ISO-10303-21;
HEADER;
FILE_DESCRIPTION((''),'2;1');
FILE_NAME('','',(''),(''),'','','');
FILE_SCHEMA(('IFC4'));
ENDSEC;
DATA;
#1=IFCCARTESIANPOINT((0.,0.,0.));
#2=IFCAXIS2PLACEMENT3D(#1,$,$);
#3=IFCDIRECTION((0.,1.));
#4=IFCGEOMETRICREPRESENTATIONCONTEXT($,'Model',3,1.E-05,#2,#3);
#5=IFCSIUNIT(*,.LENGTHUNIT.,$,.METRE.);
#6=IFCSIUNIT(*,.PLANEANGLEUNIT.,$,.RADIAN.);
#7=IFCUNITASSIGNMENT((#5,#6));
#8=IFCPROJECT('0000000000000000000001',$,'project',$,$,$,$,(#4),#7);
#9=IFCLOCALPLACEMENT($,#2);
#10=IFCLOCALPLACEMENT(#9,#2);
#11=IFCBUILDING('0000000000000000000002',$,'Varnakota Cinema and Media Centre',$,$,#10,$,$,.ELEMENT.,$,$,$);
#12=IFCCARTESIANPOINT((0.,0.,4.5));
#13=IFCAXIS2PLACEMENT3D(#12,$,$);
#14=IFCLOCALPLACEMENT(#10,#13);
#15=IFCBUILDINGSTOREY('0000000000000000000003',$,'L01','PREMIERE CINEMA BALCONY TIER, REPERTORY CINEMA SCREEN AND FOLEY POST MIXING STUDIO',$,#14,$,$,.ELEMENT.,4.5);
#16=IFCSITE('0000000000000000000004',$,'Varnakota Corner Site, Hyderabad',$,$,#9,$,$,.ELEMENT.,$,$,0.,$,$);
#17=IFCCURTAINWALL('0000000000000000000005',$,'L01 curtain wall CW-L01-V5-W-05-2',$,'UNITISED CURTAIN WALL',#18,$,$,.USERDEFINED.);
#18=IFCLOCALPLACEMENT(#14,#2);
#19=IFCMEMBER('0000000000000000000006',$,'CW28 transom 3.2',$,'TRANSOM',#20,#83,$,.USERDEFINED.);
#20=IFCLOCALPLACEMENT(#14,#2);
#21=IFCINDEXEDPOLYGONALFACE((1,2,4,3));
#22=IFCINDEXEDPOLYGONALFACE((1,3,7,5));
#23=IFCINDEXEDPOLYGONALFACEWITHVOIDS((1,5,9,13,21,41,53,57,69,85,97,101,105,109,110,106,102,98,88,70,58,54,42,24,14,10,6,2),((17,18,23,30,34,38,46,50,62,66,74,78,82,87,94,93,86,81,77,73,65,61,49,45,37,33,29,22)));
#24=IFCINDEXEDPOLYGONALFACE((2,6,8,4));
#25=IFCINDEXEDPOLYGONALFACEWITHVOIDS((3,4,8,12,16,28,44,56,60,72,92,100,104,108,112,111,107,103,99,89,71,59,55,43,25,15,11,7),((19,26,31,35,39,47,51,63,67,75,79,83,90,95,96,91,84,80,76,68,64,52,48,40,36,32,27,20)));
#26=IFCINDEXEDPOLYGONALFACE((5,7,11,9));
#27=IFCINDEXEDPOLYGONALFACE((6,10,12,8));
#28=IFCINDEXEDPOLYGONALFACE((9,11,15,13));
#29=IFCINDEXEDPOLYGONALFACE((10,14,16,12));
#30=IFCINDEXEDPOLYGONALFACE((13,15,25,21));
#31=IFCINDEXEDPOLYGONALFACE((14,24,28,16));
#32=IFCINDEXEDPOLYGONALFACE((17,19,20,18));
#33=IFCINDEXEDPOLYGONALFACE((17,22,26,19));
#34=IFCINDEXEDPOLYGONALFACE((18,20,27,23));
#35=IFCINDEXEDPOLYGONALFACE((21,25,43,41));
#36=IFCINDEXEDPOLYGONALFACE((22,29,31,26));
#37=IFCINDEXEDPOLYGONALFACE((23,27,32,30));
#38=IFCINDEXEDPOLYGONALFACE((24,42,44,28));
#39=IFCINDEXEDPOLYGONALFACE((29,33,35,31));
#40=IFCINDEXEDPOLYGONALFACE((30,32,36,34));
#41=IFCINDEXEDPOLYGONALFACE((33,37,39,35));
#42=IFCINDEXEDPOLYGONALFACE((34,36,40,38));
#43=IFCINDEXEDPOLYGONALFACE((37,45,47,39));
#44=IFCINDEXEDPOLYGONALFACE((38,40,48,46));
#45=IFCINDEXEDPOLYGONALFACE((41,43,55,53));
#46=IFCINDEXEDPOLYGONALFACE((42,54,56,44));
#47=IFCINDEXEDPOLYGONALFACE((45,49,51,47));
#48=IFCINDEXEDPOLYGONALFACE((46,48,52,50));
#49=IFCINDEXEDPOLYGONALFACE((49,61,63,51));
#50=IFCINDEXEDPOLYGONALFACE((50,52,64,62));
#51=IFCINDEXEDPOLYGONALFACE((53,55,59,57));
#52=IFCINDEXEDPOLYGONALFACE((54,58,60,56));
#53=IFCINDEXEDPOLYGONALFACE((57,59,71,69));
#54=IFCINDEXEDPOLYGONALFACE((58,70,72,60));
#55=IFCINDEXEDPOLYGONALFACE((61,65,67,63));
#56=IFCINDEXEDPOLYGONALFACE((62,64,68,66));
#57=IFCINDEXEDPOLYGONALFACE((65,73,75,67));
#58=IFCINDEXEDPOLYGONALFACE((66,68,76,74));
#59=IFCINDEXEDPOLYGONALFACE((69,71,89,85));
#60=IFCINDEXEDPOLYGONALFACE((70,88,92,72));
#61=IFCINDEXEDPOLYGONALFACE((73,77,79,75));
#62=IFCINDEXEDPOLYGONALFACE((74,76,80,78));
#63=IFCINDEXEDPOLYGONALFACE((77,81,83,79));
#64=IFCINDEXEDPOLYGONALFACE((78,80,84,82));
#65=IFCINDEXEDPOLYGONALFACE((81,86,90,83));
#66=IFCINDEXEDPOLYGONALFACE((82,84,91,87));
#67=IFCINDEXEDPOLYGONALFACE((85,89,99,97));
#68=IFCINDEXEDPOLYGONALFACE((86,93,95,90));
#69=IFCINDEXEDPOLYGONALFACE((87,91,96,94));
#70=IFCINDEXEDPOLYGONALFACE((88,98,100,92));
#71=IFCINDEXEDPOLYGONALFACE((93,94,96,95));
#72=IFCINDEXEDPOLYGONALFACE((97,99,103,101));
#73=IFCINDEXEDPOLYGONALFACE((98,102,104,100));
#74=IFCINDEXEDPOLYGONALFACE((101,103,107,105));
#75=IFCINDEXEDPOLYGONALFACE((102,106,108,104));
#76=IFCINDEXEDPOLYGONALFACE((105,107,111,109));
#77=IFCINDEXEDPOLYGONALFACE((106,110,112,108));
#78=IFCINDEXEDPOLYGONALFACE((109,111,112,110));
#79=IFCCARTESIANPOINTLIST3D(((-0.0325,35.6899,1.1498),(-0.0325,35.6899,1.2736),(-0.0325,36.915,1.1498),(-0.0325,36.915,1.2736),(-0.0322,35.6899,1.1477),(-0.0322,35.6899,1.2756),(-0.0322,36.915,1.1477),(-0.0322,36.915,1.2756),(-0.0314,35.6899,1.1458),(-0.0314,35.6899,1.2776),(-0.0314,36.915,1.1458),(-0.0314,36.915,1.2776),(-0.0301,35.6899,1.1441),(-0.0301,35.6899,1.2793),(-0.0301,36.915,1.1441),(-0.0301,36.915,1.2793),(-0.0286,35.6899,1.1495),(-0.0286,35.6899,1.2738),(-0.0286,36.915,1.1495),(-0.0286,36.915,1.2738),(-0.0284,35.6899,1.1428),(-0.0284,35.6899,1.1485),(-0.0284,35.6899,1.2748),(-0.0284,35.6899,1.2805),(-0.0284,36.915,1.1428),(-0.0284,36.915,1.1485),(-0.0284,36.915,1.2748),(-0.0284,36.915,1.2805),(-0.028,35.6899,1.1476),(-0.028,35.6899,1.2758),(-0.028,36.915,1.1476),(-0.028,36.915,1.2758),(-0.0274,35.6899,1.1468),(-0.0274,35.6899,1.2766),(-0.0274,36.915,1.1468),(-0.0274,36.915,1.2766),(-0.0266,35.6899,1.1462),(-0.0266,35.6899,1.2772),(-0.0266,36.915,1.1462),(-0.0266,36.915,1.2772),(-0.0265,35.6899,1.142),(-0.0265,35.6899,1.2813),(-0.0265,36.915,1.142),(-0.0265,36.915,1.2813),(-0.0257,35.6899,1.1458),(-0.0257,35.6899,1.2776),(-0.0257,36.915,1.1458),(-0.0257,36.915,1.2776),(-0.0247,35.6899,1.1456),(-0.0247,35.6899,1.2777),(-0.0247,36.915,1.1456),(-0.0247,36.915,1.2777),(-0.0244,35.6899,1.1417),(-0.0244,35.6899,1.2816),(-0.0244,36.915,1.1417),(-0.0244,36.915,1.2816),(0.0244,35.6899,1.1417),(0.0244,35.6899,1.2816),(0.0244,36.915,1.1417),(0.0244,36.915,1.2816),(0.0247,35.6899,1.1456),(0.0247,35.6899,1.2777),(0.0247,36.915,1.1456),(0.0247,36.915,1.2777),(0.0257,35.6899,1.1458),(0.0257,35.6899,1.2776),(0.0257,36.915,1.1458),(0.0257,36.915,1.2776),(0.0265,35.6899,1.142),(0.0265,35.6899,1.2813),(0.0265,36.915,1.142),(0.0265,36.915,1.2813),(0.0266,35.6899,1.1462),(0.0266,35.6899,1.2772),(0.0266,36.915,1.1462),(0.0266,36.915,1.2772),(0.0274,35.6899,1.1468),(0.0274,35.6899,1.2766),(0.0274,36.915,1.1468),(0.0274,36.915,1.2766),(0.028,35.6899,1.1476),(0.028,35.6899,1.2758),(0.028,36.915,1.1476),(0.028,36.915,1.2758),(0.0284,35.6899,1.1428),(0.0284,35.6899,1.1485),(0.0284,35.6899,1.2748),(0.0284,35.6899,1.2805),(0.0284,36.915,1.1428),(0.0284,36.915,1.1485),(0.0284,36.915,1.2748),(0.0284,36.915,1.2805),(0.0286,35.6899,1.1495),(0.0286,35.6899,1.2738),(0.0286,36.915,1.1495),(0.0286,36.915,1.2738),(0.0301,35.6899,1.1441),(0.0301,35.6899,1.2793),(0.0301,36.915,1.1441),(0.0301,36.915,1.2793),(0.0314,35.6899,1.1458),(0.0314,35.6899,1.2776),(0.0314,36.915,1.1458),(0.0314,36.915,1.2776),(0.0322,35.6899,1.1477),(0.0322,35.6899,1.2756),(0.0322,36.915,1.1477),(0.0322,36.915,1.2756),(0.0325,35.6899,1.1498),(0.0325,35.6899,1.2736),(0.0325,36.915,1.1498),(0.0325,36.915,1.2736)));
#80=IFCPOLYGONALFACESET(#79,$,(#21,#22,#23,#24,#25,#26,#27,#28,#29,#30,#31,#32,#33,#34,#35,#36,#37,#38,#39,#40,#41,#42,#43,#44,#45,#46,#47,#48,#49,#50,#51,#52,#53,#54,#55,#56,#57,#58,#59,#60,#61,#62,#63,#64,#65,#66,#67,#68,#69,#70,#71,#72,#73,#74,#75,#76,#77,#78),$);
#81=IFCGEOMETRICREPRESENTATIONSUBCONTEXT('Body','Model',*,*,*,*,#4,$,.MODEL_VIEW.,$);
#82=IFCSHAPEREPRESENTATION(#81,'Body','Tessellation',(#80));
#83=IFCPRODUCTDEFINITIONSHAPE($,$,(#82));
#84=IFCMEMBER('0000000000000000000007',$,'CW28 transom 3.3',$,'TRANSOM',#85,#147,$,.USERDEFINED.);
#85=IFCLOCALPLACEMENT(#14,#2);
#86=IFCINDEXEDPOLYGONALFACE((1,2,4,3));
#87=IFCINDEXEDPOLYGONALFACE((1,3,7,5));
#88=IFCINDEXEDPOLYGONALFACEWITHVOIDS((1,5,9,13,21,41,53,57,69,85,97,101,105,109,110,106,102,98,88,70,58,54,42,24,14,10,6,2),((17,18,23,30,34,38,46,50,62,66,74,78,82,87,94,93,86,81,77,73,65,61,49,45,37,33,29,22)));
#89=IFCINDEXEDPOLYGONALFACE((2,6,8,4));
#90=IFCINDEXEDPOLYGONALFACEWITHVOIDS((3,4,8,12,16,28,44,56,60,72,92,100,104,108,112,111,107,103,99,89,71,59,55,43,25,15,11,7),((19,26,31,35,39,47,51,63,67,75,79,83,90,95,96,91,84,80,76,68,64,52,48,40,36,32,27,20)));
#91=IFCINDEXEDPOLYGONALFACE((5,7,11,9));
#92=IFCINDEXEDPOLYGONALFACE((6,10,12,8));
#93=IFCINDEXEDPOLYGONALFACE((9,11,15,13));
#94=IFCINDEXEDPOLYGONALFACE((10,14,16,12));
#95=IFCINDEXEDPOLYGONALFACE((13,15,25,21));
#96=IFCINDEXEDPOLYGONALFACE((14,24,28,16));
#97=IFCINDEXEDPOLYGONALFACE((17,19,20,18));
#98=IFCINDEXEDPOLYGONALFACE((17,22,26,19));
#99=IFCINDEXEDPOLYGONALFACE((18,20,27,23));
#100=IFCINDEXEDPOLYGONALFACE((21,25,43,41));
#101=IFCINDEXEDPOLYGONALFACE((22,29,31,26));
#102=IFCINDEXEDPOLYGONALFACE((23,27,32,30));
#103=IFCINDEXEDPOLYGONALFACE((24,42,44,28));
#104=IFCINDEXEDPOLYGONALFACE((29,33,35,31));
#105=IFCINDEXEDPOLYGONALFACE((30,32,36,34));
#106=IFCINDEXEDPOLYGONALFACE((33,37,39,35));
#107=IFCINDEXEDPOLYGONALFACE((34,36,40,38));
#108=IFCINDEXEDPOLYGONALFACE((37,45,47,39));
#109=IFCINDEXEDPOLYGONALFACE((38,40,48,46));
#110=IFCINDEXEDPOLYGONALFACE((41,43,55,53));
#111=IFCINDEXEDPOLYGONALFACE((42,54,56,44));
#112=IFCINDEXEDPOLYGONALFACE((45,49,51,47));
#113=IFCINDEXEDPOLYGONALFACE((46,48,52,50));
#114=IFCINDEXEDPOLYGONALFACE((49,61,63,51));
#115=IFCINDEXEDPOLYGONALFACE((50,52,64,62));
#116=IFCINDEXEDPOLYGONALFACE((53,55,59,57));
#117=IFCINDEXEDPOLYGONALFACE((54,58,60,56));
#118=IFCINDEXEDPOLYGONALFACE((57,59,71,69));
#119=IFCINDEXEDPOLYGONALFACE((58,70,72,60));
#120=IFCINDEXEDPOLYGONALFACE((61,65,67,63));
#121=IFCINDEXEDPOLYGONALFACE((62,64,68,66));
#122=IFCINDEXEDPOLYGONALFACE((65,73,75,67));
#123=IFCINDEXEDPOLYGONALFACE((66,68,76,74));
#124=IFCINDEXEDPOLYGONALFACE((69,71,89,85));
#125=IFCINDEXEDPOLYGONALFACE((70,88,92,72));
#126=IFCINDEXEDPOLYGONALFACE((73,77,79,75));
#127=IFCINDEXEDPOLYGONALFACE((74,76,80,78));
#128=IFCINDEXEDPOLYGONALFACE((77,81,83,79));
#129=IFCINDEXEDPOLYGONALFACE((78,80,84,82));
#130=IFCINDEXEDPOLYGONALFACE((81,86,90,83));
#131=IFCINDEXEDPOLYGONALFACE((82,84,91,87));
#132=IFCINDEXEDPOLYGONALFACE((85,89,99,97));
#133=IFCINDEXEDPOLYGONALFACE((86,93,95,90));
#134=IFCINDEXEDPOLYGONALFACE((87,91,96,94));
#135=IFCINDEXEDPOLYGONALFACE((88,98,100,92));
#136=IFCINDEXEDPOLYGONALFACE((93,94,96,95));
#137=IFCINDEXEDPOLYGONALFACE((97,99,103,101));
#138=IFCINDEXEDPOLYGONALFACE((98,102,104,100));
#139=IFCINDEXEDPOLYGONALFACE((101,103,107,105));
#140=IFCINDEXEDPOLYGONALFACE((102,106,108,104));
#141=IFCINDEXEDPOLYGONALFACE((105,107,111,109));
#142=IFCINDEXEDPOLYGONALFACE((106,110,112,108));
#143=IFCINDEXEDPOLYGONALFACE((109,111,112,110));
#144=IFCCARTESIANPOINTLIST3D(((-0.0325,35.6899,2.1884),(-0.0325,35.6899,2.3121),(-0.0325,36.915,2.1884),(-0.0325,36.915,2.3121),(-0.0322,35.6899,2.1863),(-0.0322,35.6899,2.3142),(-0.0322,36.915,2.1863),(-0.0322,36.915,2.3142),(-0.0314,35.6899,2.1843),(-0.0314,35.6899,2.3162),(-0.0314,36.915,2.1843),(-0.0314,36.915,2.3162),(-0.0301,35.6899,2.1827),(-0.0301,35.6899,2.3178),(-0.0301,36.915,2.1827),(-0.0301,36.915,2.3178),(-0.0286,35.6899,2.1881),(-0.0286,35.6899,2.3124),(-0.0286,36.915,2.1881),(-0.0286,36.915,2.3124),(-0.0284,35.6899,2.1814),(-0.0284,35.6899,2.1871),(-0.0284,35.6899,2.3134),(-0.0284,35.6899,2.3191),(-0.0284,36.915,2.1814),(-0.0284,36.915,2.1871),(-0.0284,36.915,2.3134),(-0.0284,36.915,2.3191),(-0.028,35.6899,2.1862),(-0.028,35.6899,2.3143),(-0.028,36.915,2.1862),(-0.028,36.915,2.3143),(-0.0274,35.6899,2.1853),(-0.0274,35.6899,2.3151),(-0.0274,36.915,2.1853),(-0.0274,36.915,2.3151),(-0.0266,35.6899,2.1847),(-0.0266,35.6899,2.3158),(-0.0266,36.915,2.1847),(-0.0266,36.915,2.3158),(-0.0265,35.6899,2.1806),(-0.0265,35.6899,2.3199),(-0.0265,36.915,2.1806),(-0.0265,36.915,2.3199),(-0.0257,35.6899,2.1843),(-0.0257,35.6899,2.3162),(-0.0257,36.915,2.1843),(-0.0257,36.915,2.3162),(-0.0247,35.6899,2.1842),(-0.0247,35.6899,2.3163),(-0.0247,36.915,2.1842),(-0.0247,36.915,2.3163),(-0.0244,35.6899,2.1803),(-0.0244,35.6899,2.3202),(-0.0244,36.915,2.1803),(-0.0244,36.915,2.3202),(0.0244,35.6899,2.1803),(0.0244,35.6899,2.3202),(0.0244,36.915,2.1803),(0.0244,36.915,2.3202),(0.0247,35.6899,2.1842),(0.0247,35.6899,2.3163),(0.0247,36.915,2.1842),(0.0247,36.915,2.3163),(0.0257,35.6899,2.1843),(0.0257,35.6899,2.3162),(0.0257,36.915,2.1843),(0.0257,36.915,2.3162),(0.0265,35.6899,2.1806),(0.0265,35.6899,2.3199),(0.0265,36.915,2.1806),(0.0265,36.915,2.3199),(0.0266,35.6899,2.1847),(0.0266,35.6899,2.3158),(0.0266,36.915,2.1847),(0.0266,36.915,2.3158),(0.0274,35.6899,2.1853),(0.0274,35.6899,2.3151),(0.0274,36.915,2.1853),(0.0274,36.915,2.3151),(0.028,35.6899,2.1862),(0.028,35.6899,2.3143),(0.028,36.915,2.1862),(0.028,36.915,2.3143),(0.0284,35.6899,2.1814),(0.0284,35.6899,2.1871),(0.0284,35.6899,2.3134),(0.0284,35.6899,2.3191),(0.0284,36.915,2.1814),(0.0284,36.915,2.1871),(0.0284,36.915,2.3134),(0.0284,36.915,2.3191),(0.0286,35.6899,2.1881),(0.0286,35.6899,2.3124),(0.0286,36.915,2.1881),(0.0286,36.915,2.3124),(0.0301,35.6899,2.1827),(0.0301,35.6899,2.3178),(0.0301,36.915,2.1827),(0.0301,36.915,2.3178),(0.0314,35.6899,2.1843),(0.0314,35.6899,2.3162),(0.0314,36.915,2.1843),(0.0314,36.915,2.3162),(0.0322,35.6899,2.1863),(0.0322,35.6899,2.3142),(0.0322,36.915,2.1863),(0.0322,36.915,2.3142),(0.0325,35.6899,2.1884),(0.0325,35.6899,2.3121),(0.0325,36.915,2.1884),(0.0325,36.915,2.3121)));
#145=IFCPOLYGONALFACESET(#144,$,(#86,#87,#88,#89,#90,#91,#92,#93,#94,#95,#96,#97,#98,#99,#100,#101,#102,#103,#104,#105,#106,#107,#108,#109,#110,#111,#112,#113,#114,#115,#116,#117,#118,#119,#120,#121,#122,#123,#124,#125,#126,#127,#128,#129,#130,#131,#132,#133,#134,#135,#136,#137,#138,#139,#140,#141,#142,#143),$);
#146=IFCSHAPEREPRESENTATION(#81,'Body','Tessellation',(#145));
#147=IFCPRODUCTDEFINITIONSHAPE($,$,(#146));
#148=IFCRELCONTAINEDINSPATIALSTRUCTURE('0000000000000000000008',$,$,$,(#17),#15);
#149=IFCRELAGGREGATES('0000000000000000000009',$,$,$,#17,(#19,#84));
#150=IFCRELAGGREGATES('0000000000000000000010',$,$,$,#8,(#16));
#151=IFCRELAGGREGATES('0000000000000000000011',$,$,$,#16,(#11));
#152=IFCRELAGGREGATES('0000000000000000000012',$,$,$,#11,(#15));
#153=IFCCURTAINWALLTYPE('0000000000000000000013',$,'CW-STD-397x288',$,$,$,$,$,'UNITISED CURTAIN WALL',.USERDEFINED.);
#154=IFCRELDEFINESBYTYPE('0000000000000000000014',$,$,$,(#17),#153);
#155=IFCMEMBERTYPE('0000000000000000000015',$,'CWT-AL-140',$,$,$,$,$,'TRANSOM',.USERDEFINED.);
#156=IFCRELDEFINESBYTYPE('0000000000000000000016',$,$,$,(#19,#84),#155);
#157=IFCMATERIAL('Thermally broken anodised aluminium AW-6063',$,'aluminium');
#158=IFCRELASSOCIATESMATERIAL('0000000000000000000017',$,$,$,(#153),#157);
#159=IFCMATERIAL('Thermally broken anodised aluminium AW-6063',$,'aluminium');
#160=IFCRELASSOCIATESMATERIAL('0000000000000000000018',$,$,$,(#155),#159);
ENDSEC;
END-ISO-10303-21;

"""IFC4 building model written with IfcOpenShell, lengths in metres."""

from ifc_helpers import new_model, si_unit, direction, frame, origin, origin_2d, place, context, subcontext, project, spatial, hollow_rectangle, extrude, material, material_profile, profile_set, type_object, element, aggregate, save


model = new_model("IFC4")

# Units and contexts
model_context = context("Model", 3, precision=1e-05, world=origin(), true_north=direction((0.0, 1.0)))
body_context = subcontext(model_context, "Body", "Model", "MODEL_VIEW")
ifc_project = project(units=[si_unit("LENGTHUNIT", "METRE"), si_unit("PLANEANGLEUNIT", "RADIAN")], contexts=[model_context])

# Site, building, storey
site_placement = place(None, origin())
site = spatial("IfcSite", under=ifc_project, at=site_placement, Name="Varnakota Corner Site, Hyderabad", CompositionType="ELEMENT", RefElevation=0.0)
building_placement = place(site_placement, origin())
building = spatial("IfcBuilding", under=site, at=building_placement, Name="Varnakota Cinema and Media Centre", CompositionType="ELEMENT")
storey_placement = place(building_placement, frame((0.0, 0.0, 4.5)))
storey = spatial("IfcBuildingStorey", under=building, at=storey_placement, Name="L01", Description="PREMIERE CINEMA BALCONY TIER, REPERTORY CINEMA SCREEN AND FOLEY POST MIXING STUDIO", CompositionType="ELEMENT", Elevation=4.5)

# Shared definitions
ifc_material_1 = material(Name="Thermally broken anodised aluminium AW-6063", Category="aluminium")
curtain_wall_type = type_object("IfcCurtainWallType", Name="CW-STD-397x288", ElementType="UNITISED CURTAIN WALL", PredefinedType="USERDEFINED", material=ifc_material_1)

# Curtain wall
curtain_wall_1_placement = place(storey_placement, origin())
curtain_wall_1 = element("IfcCurtainWall", 1, at=curtain_wall_1_placement, inside=storey, type_object=curtain_wall_type, Name="L01 curtain wall CW-L01-V5-W-05-2", ObjectType="UNITISED CURTAIN WALL", PredefinedType="USERDEFINED")

# Members
ifc_material_2 = material(Name="Thermally broken anodised aluminium AW-6063", Category="aluminium")
ifc_material_profile_1 = material_profile(ifc_material_2, hollow_rectangle(XDim=0.0649, YDim=0.1399, WallThickness=0.0039, InnerFilletRadius=0.0039, OuterFilletRadius=0.0081, at=origin_2d()), Name="AL-TRANSOM 140x65x4")
ifc_profile_set_1 = profile_set([ifc_material_profile_1], Name="Thermally broken anodised aluminium AW-6063")
member_type_1 = type_object("IfcMemberType", Name="CWT-AL-140", ElementType="TRANSOM", PredefinedType="USERDEFINED", material=ifc_profile_set_1)
member_1_placement = place(storey_placement, frame((0.0, 36.915, 1.2117), z_axis=(0.0, -1.0, 0.0), x_axis=(1.0, 0.0, 0.0)))
member_1 = element("IfcMember", 2, at=member_1_placement, type_object=member_type_1, Name="CW28 transom 3.2", ObjectType="TRANSOM", PredefinedType="USERDEFINED", context=body_context, shape_type="SweptSolid", body=[
    extrude(hollow_rectangle(XDim=0.0649, YDim=0.1399, WallThickness=0.0039, InnerFilletRadius=0.0039, OuterFilletRadius=0.0081, at=origin_2d()), origin(), (0.0, 0.0, 1.0), 1.2251),
])
member_2_placement = place(storey_placement, frame((0.0, 36.915, 2.2502), z_axis=(0.0, -1.0, 0.0), x_axis=(1.0, 0.0, 0.0)))
member_2 = element("IfcMember", 3, at=member_2_placement, type_object=member_type_1, Name="CW28 transom 3.3", ObjectType="TRANSOM", PredefinedType="USERDEFINED", context=body_context, shape_type="SweptSolid", body=[
    extrude(hollow_rectangle(XDim=0.0649, YDim=0.1399, WallThickness=0.0039, InnerFilletRadius=0.0039, OuterFilletRadius=0.0081, at=origin_2d()), origin(), (0.0, 0.0, 1.0), 1.2251),
])

aggregate(curtain_wall_1, [member_1, member_2])

save(model, "model.ifc")
